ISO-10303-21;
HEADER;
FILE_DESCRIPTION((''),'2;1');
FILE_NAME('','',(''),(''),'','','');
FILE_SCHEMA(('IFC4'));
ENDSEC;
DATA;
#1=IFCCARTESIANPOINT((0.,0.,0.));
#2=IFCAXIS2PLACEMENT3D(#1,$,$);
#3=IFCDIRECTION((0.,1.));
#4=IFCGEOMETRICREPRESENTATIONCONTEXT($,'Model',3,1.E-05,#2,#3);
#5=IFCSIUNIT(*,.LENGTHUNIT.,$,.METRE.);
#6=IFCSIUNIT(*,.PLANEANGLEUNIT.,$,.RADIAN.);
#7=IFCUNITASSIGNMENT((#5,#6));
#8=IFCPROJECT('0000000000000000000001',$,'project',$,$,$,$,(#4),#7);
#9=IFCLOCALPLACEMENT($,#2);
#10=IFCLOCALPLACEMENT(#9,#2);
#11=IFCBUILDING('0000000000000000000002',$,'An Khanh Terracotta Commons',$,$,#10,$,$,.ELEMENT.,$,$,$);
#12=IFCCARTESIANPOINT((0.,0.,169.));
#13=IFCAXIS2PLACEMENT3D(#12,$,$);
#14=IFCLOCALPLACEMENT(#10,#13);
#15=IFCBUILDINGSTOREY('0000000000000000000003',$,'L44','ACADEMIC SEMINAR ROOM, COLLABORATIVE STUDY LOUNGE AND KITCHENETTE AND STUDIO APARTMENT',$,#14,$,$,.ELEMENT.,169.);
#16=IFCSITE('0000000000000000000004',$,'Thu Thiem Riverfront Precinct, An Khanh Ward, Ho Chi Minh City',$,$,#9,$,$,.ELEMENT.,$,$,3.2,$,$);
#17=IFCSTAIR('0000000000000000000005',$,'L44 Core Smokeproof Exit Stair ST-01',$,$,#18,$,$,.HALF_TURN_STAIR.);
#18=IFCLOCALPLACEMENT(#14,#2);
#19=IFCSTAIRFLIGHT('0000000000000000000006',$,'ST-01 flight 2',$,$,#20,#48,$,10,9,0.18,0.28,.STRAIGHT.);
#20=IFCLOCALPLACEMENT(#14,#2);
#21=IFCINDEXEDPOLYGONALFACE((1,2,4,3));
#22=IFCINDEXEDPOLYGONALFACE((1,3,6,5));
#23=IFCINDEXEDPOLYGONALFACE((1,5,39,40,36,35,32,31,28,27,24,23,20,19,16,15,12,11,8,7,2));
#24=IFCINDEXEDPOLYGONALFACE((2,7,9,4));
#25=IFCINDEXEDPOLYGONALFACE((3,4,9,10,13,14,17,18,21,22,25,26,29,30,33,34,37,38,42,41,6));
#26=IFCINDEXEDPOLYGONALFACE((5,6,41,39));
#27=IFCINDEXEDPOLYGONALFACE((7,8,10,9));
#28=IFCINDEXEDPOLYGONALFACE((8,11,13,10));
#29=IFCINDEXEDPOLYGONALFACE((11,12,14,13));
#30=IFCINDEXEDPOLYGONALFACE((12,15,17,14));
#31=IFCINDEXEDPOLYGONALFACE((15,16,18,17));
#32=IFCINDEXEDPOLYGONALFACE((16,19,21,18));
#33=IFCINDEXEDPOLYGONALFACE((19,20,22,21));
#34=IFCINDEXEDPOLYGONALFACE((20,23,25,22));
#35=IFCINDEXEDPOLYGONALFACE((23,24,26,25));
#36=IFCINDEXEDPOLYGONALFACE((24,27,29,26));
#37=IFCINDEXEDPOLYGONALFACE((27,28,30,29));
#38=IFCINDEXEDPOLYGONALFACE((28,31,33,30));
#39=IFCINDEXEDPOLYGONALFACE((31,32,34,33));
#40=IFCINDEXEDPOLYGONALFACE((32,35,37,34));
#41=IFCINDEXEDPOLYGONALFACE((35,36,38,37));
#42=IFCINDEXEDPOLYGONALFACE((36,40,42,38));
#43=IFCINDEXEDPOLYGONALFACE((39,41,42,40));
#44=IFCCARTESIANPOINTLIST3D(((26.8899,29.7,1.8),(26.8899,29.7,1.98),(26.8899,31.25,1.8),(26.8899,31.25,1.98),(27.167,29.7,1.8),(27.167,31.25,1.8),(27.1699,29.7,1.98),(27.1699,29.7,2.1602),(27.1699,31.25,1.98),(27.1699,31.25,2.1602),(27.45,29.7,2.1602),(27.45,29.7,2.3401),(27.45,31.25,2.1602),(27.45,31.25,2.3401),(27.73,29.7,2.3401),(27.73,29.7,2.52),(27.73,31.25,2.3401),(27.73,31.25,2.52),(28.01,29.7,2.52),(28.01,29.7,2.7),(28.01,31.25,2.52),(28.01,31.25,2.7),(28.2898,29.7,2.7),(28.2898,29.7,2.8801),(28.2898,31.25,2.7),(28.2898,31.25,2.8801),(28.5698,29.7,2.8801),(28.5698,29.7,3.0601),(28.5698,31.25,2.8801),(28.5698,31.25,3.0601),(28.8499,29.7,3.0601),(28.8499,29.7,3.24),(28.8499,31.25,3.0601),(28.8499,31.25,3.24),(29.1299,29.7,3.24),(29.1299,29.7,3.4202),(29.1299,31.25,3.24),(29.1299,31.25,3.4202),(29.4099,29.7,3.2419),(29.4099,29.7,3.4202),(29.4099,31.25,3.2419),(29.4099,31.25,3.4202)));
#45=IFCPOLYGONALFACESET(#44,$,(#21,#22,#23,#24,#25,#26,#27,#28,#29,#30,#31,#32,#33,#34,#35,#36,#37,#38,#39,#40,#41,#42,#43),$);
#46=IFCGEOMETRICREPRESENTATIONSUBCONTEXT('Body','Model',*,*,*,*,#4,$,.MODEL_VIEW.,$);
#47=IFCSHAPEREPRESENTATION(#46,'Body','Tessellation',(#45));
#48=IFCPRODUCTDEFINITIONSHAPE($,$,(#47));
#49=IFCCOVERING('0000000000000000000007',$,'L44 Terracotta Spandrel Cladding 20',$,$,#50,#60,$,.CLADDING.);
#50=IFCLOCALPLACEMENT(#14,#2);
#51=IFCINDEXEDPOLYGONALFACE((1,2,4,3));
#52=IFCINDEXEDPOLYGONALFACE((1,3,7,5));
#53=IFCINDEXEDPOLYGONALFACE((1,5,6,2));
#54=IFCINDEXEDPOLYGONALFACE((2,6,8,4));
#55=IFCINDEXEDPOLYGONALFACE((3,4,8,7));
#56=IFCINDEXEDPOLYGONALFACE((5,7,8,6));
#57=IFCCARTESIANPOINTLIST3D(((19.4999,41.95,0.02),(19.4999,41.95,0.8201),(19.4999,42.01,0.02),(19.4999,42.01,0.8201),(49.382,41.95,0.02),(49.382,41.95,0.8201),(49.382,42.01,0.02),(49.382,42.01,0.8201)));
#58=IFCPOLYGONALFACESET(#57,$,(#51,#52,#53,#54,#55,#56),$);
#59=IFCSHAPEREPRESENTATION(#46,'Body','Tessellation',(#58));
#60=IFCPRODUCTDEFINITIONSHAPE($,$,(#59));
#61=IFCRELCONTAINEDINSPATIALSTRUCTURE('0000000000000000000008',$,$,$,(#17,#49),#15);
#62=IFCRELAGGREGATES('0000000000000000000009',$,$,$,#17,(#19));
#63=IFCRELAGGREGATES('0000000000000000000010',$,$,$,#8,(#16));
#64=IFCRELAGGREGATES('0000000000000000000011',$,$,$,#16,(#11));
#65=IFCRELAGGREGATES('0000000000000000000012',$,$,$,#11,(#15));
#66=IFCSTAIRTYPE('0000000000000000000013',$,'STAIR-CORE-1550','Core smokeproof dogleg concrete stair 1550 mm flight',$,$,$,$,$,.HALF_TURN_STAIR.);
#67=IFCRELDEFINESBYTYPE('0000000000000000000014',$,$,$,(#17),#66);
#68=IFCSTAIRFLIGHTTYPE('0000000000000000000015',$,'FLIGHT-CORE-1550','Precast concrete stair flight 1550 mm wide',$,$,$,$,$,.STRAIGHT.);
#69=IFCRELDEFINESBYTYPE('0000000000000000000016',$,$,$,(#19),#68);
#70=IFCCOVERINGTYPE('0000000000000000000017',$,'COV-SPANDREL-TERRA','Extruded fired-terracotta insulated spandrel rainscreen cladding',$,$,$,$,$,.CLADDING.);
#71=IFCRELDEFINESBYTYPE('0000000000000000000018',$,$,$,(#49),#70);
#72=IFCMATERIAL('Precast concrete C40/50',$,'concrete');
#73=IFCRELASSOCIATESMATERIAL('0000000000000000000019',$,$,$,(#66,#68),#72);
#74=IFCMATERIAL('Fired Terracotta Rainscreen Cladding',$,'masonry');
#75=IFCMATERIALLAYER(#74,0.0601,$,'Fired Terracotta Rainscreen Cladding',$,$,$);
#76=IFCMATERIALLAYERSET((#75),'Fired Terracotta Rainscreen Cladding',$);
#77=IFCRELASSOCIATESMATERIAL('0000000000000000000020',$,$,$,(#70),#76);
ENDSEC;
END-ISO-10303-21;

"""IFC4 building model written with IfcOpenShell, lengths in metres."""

from ifc_helpers import new_model, si_unit, direction, frame, origin, origin_2d, place, context, subcontext, project, spatial, polyline, rectangle, outline, extrude, material, layer, layer_set, type_object, element, aggregate, save


model = new_model("IFC4")

# Units and contexts
model_context = context("Model", 3, precision=1e-05, world=origin(), true_north=direction((0.0, 1.0)))
body_context = subcontext(model_context, "Body", "Model", "MODEL_VIEW")
ifc_project = project(units=[si_unit("LENGTHUNIT", "METRE"), si_unit("PLANEANGLEUNIT", "RADIAN")], contexts=[model_context])

# Site, building, storey
site_placement = place(None, origin())
site = spatial("IfcSite", under=ifc_project, at=site_placement, Name="Thu Thiem Riverfront Precinct, An Khanh Ward, Ho Chi Minh City", CompositionType="ELEMENT", RefElevation=3.2)
building_placement = place(site_placement, origin())
building = spatial("IfcBuilding", under=site, at=building_placement, Name="An Khanh Terracotta Commons", CompositionType="ELEMENT")
storey_placement = place(building_placement, frame((0.0, 0.0, 169.0)))
storey = spatial("IfcBuildingStorey", under=building, at=storey_placement, Name="L44", Description="ACADEMIC SEMINAR ROOM, COLLABORATIVE STUDY LOUNGE AND KITCHENETTE AND STUDIO APARTMENT", CompositionType="ELEMENT", Elevation=169.0)

# Stair, stair flight
ifc_material_1 = material(Name="Precast concrete C40/50", Category="concrete")
stair_type = type_object("IfcStairType", Name="STAIR-CORE-1550", Description="Core smokeproof dogleg concrete stair 1550 mm flight", PredefinedType="HALF_TURN_STAIR", material=ifc_material_1)
stair_placement = place(storey_placement, origin())
stair = element("IfcStair", 1, at=stair_placement, inside=storey, type_object=stair_type, Name="L44 Core Smokeproof Exit Stair ST-01", PredefinedType="HALF_TURN_STAIR")
stair_flight_type = type_object("IfcStairFlightType", Name="FLIGHT-CORE-1550", Description="Precast concrete stair flight 1550 mm wide", PredefinedType="STRAIGHT", material=ifc_material_1)
stair_flight_1_placement = place(storey_placement, frame((26.8899, 30.4751, 1.8), z_axis=(0.0, 0.0, 1.0), x_axis=(1.0, 0.0, 0.0)))
stair_flight_1 = element("IfcStairFlight", 2, at=stair_flight_1_placement, type_object=stair_flight_type, Name="ST-01 flight 2", NumberOfRisers=10, NumberOfTreads=9, PredefinedType="STRAIGHT", RiserHeight=0.18, TreadLength=0.28, context=body_context, shape_type="SweptSolid", body=[
    extrude(outline(polyline([(0.0, 0.0), (0.0, 0.1799), (0.28, 0.1799), (0.28, 0.3601), (0.5601, 0.3601), (0.5601, 0.54), (0.8401, 0.54), (0.8401, 0.72), (1.1201, 0.72), (1.1201, 0.8999), (1.3999, 0.8999), (1.3999, 1.0801), (1.6799, 1.0801), (1.6799, 1.26), (1.96, 1.26), (1.96, 1.4399), (2.24, 1.4399), (2.24, 1.6201), (2.52, 1.6201), (2.52, 1.8), (2.52, 1.4419), (0.2771, 0.0), (0.0, 0.0)])), frame((0.0, 0.7749, 0.0), z_axis=(0.0, -1.0, 0.0), x_axis=(1.0, 0.0, 0.0)), (0.0, 0.0, 1.0), 1.55),
])
aggregate(stair, [stair_flight_1])

# Covering
ifc_material_2 = material(Name="Fired Terracotta Rainscreen Cladding", Category="masonry")
ifc_layer_1 = layer(ifc_material_2, 0.0601, Name="Fired Terracotta Rainscreen Cladding")
ifc_layer_set_1 = layer_set([ifc_layer_1], Name="Fired Terracotta Rainscreen Cladding")
covering_type = type_object("IfcCoveringType", Name="COV-SPANDREL-TERRA", Description="Extruded fired-terracotta insulated spandrel rainscreen cladding", PredefinedType="CLADDING", material=ifc_layer_set_1)
covering_placement = place(storey_placement, frame((34.4409, 41.98, 0.02), z_axis=(0.0, 0.0, 1.0), x_axis=(-1.0, 0.0, 0.0)))
element("IfcCovering", 3, at=covering_placement, inside=storey, type_object=covering_type, Name="L44 Terracotta Spandrel Cladding 20", PredefinedType="CLADDING", context=body_context, shape_type="SweptSolid", body=[
    extrude(rectangle(XDim=29.8821, YDim=0.0601, at=origin_2d()), origin(), (0.0, 0.0, 1.0), 0.8),
])

save(model, "model.ifc")
